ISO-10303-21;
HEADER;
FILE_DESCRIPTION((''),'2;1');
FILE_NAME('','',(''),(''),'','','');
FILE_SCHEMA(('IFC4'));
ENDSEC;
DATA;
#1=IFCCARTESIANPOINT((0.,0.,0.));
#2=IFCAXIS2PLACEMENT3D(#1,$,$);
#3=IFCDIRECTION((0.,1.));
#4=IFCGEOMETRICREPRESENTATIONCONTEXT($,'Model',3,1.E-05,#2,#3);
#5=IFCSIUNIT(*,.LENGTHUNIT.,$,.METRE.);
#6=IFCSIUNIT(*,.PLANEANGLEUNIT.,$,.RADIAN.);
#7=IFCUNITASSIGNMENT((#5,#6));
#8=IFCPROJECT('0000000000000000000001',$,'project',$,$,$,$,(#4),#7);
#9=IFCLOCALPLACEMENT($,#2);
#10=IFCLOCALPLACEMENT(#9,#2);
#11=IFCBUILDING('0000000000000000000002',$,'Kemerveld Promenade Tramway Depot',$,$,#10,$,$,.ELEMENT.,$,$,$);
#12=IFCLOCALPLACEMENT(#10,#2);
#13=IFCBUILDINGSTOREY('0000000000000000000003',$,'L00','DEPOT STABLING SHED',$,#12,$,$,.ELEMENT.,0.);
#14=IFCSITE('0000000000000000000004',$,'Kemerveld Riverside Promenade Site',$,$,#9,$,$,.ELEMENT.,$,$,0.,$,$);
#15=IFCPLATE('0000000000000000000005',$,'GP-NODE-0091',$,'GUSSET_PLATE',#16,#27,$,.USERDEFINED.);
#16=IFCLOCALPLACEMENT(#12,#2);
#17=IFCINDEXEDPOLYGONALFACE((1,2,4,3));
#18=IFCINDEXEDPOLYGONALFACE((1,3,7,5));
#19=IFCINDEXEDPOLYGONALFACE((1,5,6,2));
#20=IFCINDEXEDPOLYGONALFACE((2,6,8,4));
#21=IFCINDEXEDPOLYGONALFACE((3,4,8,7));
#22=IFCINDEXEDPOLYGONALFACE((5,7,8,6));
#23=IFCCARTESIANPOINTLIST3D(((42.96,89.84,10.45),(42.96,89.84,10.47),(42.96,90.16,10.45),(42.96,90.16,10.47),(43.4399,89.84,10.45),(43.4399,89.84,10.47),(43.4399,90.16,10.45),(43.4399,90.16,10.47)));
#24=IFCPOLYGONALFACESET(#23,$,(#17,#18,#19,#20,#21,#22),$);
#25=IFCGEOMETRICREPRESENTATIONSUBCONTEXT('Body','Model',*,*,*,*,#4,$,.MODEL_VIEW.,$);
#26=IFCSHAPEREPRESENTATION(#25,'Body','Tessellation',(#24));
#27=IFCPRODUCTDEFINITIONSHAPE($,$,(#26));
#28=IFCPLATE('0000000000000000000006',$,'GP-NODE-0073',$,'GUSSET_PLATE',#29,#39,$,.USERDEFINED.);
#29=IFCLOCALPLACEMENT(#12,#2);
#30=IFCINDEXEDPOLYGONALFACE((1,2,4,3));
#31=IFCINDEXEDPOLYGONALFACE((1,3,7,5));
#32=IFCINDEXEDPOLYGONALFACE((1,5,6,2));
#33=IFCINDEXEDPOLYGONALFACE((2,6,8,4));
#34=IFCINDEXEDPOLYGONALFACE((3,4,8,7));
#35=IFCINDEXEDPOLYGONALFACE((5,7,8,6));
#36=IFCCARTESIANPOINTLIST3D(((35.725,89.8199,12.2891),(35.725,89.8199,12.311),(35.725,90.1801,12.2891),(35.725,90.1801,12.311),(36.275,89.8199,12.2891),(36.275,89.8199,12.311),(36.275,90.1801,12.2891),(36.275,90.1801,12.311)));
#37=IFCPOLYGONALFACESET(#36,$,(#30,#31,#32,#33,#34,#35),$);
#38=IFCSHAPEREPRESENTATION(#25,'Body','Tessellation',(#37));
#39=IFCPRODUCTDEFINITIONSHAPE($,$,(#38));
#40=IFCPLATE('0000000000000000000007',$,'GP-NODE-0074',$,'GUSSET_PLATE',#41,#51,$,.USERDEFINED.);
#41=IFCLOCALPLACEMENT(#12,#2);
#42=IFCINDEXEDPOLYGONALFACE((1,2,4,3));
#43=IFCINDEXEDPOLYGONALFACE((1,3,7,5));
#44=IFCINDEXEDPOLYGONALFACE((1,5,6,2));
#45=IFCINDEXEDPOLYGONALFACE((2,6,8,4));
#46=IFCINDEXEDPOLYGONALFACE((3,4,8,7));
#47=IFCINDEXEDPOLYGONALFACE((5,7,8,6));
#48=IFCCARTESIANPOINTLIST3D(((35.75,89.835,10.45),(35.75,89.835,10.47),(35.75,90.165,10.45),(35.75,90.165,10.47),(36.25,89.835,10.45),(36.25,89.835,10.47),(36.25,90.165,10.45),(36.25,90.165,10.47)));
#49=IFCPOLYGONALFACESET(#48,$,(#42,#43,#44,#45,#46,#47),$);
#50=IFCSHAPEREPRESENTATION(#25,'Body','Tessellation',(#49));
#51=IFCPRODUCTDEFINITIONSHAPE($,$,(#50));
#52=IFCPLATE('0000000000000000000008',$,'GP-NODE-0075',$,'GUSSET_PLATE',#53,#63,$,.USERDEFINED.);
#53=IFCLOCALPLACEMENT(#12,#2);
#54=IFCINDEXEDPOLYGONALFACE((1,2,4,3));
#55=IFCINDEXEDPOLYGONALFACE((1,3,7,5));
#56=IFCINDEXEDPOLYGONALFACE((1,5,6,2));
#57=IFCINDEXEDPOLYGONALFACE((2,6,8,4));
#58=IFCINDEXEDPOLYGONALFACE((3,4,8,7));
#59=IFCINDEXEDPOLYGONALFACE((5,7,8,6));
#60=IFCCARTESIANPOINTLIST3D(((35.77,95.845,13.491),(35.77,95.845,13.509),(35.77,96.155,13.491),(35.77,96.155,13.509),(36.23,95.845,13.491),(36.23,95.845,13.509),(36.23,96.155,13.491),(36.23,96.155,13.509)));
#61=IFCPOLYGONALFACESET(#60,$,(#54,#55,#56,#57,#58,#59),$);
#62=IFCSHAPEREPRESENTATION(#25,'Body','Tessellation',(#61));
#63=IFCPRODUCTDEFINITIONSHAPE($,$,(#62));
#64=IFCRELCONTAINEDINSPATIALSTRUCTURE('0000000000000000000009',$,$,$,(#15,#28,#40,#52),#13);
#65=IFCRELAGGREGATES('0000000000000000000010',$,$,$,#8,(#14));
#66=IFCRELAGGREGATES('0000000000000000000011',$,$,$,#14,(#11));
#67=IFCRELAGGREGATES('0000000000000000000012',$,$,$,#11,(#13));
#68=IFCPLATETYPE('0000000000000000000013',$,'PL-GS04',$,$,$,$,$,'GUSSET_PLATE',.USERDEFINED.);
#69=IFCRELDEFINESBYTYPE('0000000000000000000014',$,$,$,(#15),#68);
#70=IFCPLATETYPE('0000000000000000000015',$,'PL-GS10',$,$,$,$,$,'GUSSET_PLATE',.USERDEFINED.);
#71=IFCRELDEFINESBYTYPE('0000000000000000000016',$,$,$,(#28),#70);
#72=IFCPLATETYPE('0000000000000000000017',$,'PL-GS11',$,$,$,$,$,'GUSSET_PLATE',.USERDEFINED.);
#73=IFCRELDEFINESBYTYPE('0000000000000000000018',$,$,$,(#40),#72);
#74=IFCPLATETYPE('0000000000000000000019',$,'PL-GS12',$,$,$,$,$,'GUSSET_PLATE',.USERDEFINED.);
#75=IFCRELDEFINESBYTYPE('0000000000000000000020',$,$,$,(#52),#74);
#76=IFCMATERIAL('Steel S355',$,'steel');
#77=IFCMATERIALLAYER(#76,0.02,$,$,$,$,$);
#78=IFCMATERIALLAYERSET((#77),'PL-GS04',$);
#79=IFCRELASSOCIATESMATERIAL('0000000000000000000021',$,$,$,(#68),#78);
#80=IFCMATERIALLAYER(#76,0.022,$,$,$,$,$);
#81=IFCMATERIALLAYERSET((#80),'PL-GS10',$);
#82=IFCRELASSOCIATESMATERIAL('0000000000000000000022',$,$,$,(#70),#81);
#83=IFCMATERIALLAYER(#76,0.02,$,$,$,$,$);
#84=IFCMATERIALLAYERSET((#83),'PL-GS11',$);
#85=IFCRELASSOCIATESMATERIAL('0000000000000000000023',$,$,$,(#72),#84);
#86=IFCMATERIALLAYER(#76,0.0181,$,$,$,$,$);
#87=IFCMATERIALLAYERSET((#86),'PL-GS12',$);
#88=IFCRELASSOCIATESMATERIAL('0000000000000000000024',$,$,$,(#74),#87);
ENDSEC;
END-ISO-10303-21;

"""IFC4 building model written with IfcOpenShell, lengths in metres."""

from ifc_helpers import new_model, si_unit, direction, frame, origin, origin_2d, place, context, subcontext, project, spatial, rectangle, extrude, material, layer, layer_set, type_object, element, save


model = new_model("IFC4")

# Units and contexts
model_context = context("Model", 3, precision=1e-05, world=origin(), true_north=direction((0.0, 1.0)))
body_context = subcontext(model_context, "Body", "Model", "MODEL_VIEW")
ifc_project = project(units=[si_unit("LENGTHUNIT", "METRE"), si_unit("PLANEANGLEUNIT", "RADIAN")], contexts=[model_context])

# Site, building, storey
site_placement = place(None, origin())
site = spatial("IfcSite", under=ifc_project, at=site_placement, Name="Kemerveld Riverside Promenade Site", CompositionType="ELEMENT", RefElevation=0.0)
building_placement = place(site_placement, origin())
building = spatial("IfcBuilding", under=site, at=building_placement, Name="Kemerveld Promenade Tramway Depot", CompositionType="ELEMENT")
storey_placement = place(building_placement, origin())
storey = spatial("IfcBuildingStorey", under=building, at=storey_placement, Name="L00", Description="DEPOT STABLING SHED", CompositionType="ELEMENT", Elevation=0.0)

# Shared definitions
ifc_material_1 = material(Name="Steel S355", Category="steel")

# Plates
ifc_layer_1 = layer(ifc_material_1, 0.02)
ifc_layer_set_1 = layer_set([ifc_layer_1], Name="PL-GS04")
plate_type_1 = type_object("IfcPlateType", Name="PL-GS04", ElementType="GUSSET_PLATE", PredefinedType="USERDEFINED", material=ifc_layer_set_1)
plate_1_placement = place(storey_placement, frame((43.2, 90.0, 10.45), z_axis=(0.0, 0.0, 1.0), x_axis=(1.0, 0.0, 0.0)))
element("IfcPlate", 1, at=plate_1_placement, inside=storey, type_object=plate_type_1, Name="GP-NODE-0091", ObjectType="GUSSET_PLATE", PredefinedType="USERDEFINED", context=body_context, shape_type="SweptSolid", body=[
    extrude(rectangle(XDim=0.48, YDim=0.3201, at=origin_2d()), origin(), (0.0, 0.0, 1.0), 0.02),
])
ifc_layer_2 = layer(ifc_material_1, 0.022)
ifc_layer_set_2 = layer_set([ifc_layer_2], Name="PL-GS10")
plate_type_2 = type_object("IfcPlateType", Name="PL-GS10", ElementType="GUSSET_PLATE", PredefinedType="USERDEFINED", material=ifc_layer_set_2)
plate_2_placement = place(storey_placement, frame((36.0, 90.0, 12.2891), z_axis=(0.0, 0.0, 1.0), x_axis=(1.0, 0.0, 0.0)))
element("IfcPlate", 2, at=plate_2_placement, inside=storey, type_object=plate_type_2, Name="GP-NODE-0073", ObjectType="GUSSET_PLATE", PredefinedType="USERDEFINED", context=body_context, shape_type="SweptSolid", body=[
    extrude(rectangle(XDim=0.55, YDim=0.3601, at=origin_2d()), origin(), (0.0, 0.0, 1.0), 0.022),
])
ifc_layer_3 = layer(ifc_material_1, 0.02)
ifc_layer_set_3 = layer_set([ifc_layer_3], Name="PL-GS11")
plate_type_3 = type_object("IfcPlateType", Name="PL-GS11", ElementType="GUSSET_PLATE", PredefinedType="USERDEFINED", material=ifc_layer_set_3)
plate_3_placement = place(storey_placement, frame((36.0, 90.0, 10.45), z_axis=(0.0, 0.0, 1.0), x_axis=(1.0, 0.0, 0.0)))
element("IfcPlate", 3, at=plate_3_placement, inside=storey, type_object=plate_type_3, Name="GP-NODE-0074", ObjectType="GUSSET_PLATE", PredefinedType="USERDEFINED", context=body_context, shape_type="SweptSolid", body=[
    extrude(rectangle(XDim=0.5, YDim=0.3301, at=origin_2d()), origin(), (0.0, 0.0, 1.0), 0.02),
])
ifc_layer_4 = layer(ifc_material_1, 0.0181)
ifc_layer_set_4 = layer_set([ifc_layer_4], Name="PL-GS12")
plate_type_4 = type_object("IfcPlateType", Name="PL-GS12", ElementType="GUSSET_PLATE", PredefinedType="USERDEFINED", material=ifc_layer_set_4)
plate_4_placement = place(storey_placement, frame((36.0, 96.0, 13.491), z_axis=(0.0, 0.0, 1.0), x_axis=(1.0, 0.0, 0.0)))
element("IfcPlate", 4, at=plate_4_placement, inside=storey, type_object=plate_type_4, Name="GP-NODE-0075", ObjectType="GUSSET_PLATE", PredefinedType="USERDEFINED", context=body_context, shape_type="SweptSolid", body=[
    extrude(rectangle(XDim=0.46, YDim=0.3101, at=origin_2d()), origin(), (0.0, 0.0, 1.0), 0.0181),
])

save(model, "model.ifc")
